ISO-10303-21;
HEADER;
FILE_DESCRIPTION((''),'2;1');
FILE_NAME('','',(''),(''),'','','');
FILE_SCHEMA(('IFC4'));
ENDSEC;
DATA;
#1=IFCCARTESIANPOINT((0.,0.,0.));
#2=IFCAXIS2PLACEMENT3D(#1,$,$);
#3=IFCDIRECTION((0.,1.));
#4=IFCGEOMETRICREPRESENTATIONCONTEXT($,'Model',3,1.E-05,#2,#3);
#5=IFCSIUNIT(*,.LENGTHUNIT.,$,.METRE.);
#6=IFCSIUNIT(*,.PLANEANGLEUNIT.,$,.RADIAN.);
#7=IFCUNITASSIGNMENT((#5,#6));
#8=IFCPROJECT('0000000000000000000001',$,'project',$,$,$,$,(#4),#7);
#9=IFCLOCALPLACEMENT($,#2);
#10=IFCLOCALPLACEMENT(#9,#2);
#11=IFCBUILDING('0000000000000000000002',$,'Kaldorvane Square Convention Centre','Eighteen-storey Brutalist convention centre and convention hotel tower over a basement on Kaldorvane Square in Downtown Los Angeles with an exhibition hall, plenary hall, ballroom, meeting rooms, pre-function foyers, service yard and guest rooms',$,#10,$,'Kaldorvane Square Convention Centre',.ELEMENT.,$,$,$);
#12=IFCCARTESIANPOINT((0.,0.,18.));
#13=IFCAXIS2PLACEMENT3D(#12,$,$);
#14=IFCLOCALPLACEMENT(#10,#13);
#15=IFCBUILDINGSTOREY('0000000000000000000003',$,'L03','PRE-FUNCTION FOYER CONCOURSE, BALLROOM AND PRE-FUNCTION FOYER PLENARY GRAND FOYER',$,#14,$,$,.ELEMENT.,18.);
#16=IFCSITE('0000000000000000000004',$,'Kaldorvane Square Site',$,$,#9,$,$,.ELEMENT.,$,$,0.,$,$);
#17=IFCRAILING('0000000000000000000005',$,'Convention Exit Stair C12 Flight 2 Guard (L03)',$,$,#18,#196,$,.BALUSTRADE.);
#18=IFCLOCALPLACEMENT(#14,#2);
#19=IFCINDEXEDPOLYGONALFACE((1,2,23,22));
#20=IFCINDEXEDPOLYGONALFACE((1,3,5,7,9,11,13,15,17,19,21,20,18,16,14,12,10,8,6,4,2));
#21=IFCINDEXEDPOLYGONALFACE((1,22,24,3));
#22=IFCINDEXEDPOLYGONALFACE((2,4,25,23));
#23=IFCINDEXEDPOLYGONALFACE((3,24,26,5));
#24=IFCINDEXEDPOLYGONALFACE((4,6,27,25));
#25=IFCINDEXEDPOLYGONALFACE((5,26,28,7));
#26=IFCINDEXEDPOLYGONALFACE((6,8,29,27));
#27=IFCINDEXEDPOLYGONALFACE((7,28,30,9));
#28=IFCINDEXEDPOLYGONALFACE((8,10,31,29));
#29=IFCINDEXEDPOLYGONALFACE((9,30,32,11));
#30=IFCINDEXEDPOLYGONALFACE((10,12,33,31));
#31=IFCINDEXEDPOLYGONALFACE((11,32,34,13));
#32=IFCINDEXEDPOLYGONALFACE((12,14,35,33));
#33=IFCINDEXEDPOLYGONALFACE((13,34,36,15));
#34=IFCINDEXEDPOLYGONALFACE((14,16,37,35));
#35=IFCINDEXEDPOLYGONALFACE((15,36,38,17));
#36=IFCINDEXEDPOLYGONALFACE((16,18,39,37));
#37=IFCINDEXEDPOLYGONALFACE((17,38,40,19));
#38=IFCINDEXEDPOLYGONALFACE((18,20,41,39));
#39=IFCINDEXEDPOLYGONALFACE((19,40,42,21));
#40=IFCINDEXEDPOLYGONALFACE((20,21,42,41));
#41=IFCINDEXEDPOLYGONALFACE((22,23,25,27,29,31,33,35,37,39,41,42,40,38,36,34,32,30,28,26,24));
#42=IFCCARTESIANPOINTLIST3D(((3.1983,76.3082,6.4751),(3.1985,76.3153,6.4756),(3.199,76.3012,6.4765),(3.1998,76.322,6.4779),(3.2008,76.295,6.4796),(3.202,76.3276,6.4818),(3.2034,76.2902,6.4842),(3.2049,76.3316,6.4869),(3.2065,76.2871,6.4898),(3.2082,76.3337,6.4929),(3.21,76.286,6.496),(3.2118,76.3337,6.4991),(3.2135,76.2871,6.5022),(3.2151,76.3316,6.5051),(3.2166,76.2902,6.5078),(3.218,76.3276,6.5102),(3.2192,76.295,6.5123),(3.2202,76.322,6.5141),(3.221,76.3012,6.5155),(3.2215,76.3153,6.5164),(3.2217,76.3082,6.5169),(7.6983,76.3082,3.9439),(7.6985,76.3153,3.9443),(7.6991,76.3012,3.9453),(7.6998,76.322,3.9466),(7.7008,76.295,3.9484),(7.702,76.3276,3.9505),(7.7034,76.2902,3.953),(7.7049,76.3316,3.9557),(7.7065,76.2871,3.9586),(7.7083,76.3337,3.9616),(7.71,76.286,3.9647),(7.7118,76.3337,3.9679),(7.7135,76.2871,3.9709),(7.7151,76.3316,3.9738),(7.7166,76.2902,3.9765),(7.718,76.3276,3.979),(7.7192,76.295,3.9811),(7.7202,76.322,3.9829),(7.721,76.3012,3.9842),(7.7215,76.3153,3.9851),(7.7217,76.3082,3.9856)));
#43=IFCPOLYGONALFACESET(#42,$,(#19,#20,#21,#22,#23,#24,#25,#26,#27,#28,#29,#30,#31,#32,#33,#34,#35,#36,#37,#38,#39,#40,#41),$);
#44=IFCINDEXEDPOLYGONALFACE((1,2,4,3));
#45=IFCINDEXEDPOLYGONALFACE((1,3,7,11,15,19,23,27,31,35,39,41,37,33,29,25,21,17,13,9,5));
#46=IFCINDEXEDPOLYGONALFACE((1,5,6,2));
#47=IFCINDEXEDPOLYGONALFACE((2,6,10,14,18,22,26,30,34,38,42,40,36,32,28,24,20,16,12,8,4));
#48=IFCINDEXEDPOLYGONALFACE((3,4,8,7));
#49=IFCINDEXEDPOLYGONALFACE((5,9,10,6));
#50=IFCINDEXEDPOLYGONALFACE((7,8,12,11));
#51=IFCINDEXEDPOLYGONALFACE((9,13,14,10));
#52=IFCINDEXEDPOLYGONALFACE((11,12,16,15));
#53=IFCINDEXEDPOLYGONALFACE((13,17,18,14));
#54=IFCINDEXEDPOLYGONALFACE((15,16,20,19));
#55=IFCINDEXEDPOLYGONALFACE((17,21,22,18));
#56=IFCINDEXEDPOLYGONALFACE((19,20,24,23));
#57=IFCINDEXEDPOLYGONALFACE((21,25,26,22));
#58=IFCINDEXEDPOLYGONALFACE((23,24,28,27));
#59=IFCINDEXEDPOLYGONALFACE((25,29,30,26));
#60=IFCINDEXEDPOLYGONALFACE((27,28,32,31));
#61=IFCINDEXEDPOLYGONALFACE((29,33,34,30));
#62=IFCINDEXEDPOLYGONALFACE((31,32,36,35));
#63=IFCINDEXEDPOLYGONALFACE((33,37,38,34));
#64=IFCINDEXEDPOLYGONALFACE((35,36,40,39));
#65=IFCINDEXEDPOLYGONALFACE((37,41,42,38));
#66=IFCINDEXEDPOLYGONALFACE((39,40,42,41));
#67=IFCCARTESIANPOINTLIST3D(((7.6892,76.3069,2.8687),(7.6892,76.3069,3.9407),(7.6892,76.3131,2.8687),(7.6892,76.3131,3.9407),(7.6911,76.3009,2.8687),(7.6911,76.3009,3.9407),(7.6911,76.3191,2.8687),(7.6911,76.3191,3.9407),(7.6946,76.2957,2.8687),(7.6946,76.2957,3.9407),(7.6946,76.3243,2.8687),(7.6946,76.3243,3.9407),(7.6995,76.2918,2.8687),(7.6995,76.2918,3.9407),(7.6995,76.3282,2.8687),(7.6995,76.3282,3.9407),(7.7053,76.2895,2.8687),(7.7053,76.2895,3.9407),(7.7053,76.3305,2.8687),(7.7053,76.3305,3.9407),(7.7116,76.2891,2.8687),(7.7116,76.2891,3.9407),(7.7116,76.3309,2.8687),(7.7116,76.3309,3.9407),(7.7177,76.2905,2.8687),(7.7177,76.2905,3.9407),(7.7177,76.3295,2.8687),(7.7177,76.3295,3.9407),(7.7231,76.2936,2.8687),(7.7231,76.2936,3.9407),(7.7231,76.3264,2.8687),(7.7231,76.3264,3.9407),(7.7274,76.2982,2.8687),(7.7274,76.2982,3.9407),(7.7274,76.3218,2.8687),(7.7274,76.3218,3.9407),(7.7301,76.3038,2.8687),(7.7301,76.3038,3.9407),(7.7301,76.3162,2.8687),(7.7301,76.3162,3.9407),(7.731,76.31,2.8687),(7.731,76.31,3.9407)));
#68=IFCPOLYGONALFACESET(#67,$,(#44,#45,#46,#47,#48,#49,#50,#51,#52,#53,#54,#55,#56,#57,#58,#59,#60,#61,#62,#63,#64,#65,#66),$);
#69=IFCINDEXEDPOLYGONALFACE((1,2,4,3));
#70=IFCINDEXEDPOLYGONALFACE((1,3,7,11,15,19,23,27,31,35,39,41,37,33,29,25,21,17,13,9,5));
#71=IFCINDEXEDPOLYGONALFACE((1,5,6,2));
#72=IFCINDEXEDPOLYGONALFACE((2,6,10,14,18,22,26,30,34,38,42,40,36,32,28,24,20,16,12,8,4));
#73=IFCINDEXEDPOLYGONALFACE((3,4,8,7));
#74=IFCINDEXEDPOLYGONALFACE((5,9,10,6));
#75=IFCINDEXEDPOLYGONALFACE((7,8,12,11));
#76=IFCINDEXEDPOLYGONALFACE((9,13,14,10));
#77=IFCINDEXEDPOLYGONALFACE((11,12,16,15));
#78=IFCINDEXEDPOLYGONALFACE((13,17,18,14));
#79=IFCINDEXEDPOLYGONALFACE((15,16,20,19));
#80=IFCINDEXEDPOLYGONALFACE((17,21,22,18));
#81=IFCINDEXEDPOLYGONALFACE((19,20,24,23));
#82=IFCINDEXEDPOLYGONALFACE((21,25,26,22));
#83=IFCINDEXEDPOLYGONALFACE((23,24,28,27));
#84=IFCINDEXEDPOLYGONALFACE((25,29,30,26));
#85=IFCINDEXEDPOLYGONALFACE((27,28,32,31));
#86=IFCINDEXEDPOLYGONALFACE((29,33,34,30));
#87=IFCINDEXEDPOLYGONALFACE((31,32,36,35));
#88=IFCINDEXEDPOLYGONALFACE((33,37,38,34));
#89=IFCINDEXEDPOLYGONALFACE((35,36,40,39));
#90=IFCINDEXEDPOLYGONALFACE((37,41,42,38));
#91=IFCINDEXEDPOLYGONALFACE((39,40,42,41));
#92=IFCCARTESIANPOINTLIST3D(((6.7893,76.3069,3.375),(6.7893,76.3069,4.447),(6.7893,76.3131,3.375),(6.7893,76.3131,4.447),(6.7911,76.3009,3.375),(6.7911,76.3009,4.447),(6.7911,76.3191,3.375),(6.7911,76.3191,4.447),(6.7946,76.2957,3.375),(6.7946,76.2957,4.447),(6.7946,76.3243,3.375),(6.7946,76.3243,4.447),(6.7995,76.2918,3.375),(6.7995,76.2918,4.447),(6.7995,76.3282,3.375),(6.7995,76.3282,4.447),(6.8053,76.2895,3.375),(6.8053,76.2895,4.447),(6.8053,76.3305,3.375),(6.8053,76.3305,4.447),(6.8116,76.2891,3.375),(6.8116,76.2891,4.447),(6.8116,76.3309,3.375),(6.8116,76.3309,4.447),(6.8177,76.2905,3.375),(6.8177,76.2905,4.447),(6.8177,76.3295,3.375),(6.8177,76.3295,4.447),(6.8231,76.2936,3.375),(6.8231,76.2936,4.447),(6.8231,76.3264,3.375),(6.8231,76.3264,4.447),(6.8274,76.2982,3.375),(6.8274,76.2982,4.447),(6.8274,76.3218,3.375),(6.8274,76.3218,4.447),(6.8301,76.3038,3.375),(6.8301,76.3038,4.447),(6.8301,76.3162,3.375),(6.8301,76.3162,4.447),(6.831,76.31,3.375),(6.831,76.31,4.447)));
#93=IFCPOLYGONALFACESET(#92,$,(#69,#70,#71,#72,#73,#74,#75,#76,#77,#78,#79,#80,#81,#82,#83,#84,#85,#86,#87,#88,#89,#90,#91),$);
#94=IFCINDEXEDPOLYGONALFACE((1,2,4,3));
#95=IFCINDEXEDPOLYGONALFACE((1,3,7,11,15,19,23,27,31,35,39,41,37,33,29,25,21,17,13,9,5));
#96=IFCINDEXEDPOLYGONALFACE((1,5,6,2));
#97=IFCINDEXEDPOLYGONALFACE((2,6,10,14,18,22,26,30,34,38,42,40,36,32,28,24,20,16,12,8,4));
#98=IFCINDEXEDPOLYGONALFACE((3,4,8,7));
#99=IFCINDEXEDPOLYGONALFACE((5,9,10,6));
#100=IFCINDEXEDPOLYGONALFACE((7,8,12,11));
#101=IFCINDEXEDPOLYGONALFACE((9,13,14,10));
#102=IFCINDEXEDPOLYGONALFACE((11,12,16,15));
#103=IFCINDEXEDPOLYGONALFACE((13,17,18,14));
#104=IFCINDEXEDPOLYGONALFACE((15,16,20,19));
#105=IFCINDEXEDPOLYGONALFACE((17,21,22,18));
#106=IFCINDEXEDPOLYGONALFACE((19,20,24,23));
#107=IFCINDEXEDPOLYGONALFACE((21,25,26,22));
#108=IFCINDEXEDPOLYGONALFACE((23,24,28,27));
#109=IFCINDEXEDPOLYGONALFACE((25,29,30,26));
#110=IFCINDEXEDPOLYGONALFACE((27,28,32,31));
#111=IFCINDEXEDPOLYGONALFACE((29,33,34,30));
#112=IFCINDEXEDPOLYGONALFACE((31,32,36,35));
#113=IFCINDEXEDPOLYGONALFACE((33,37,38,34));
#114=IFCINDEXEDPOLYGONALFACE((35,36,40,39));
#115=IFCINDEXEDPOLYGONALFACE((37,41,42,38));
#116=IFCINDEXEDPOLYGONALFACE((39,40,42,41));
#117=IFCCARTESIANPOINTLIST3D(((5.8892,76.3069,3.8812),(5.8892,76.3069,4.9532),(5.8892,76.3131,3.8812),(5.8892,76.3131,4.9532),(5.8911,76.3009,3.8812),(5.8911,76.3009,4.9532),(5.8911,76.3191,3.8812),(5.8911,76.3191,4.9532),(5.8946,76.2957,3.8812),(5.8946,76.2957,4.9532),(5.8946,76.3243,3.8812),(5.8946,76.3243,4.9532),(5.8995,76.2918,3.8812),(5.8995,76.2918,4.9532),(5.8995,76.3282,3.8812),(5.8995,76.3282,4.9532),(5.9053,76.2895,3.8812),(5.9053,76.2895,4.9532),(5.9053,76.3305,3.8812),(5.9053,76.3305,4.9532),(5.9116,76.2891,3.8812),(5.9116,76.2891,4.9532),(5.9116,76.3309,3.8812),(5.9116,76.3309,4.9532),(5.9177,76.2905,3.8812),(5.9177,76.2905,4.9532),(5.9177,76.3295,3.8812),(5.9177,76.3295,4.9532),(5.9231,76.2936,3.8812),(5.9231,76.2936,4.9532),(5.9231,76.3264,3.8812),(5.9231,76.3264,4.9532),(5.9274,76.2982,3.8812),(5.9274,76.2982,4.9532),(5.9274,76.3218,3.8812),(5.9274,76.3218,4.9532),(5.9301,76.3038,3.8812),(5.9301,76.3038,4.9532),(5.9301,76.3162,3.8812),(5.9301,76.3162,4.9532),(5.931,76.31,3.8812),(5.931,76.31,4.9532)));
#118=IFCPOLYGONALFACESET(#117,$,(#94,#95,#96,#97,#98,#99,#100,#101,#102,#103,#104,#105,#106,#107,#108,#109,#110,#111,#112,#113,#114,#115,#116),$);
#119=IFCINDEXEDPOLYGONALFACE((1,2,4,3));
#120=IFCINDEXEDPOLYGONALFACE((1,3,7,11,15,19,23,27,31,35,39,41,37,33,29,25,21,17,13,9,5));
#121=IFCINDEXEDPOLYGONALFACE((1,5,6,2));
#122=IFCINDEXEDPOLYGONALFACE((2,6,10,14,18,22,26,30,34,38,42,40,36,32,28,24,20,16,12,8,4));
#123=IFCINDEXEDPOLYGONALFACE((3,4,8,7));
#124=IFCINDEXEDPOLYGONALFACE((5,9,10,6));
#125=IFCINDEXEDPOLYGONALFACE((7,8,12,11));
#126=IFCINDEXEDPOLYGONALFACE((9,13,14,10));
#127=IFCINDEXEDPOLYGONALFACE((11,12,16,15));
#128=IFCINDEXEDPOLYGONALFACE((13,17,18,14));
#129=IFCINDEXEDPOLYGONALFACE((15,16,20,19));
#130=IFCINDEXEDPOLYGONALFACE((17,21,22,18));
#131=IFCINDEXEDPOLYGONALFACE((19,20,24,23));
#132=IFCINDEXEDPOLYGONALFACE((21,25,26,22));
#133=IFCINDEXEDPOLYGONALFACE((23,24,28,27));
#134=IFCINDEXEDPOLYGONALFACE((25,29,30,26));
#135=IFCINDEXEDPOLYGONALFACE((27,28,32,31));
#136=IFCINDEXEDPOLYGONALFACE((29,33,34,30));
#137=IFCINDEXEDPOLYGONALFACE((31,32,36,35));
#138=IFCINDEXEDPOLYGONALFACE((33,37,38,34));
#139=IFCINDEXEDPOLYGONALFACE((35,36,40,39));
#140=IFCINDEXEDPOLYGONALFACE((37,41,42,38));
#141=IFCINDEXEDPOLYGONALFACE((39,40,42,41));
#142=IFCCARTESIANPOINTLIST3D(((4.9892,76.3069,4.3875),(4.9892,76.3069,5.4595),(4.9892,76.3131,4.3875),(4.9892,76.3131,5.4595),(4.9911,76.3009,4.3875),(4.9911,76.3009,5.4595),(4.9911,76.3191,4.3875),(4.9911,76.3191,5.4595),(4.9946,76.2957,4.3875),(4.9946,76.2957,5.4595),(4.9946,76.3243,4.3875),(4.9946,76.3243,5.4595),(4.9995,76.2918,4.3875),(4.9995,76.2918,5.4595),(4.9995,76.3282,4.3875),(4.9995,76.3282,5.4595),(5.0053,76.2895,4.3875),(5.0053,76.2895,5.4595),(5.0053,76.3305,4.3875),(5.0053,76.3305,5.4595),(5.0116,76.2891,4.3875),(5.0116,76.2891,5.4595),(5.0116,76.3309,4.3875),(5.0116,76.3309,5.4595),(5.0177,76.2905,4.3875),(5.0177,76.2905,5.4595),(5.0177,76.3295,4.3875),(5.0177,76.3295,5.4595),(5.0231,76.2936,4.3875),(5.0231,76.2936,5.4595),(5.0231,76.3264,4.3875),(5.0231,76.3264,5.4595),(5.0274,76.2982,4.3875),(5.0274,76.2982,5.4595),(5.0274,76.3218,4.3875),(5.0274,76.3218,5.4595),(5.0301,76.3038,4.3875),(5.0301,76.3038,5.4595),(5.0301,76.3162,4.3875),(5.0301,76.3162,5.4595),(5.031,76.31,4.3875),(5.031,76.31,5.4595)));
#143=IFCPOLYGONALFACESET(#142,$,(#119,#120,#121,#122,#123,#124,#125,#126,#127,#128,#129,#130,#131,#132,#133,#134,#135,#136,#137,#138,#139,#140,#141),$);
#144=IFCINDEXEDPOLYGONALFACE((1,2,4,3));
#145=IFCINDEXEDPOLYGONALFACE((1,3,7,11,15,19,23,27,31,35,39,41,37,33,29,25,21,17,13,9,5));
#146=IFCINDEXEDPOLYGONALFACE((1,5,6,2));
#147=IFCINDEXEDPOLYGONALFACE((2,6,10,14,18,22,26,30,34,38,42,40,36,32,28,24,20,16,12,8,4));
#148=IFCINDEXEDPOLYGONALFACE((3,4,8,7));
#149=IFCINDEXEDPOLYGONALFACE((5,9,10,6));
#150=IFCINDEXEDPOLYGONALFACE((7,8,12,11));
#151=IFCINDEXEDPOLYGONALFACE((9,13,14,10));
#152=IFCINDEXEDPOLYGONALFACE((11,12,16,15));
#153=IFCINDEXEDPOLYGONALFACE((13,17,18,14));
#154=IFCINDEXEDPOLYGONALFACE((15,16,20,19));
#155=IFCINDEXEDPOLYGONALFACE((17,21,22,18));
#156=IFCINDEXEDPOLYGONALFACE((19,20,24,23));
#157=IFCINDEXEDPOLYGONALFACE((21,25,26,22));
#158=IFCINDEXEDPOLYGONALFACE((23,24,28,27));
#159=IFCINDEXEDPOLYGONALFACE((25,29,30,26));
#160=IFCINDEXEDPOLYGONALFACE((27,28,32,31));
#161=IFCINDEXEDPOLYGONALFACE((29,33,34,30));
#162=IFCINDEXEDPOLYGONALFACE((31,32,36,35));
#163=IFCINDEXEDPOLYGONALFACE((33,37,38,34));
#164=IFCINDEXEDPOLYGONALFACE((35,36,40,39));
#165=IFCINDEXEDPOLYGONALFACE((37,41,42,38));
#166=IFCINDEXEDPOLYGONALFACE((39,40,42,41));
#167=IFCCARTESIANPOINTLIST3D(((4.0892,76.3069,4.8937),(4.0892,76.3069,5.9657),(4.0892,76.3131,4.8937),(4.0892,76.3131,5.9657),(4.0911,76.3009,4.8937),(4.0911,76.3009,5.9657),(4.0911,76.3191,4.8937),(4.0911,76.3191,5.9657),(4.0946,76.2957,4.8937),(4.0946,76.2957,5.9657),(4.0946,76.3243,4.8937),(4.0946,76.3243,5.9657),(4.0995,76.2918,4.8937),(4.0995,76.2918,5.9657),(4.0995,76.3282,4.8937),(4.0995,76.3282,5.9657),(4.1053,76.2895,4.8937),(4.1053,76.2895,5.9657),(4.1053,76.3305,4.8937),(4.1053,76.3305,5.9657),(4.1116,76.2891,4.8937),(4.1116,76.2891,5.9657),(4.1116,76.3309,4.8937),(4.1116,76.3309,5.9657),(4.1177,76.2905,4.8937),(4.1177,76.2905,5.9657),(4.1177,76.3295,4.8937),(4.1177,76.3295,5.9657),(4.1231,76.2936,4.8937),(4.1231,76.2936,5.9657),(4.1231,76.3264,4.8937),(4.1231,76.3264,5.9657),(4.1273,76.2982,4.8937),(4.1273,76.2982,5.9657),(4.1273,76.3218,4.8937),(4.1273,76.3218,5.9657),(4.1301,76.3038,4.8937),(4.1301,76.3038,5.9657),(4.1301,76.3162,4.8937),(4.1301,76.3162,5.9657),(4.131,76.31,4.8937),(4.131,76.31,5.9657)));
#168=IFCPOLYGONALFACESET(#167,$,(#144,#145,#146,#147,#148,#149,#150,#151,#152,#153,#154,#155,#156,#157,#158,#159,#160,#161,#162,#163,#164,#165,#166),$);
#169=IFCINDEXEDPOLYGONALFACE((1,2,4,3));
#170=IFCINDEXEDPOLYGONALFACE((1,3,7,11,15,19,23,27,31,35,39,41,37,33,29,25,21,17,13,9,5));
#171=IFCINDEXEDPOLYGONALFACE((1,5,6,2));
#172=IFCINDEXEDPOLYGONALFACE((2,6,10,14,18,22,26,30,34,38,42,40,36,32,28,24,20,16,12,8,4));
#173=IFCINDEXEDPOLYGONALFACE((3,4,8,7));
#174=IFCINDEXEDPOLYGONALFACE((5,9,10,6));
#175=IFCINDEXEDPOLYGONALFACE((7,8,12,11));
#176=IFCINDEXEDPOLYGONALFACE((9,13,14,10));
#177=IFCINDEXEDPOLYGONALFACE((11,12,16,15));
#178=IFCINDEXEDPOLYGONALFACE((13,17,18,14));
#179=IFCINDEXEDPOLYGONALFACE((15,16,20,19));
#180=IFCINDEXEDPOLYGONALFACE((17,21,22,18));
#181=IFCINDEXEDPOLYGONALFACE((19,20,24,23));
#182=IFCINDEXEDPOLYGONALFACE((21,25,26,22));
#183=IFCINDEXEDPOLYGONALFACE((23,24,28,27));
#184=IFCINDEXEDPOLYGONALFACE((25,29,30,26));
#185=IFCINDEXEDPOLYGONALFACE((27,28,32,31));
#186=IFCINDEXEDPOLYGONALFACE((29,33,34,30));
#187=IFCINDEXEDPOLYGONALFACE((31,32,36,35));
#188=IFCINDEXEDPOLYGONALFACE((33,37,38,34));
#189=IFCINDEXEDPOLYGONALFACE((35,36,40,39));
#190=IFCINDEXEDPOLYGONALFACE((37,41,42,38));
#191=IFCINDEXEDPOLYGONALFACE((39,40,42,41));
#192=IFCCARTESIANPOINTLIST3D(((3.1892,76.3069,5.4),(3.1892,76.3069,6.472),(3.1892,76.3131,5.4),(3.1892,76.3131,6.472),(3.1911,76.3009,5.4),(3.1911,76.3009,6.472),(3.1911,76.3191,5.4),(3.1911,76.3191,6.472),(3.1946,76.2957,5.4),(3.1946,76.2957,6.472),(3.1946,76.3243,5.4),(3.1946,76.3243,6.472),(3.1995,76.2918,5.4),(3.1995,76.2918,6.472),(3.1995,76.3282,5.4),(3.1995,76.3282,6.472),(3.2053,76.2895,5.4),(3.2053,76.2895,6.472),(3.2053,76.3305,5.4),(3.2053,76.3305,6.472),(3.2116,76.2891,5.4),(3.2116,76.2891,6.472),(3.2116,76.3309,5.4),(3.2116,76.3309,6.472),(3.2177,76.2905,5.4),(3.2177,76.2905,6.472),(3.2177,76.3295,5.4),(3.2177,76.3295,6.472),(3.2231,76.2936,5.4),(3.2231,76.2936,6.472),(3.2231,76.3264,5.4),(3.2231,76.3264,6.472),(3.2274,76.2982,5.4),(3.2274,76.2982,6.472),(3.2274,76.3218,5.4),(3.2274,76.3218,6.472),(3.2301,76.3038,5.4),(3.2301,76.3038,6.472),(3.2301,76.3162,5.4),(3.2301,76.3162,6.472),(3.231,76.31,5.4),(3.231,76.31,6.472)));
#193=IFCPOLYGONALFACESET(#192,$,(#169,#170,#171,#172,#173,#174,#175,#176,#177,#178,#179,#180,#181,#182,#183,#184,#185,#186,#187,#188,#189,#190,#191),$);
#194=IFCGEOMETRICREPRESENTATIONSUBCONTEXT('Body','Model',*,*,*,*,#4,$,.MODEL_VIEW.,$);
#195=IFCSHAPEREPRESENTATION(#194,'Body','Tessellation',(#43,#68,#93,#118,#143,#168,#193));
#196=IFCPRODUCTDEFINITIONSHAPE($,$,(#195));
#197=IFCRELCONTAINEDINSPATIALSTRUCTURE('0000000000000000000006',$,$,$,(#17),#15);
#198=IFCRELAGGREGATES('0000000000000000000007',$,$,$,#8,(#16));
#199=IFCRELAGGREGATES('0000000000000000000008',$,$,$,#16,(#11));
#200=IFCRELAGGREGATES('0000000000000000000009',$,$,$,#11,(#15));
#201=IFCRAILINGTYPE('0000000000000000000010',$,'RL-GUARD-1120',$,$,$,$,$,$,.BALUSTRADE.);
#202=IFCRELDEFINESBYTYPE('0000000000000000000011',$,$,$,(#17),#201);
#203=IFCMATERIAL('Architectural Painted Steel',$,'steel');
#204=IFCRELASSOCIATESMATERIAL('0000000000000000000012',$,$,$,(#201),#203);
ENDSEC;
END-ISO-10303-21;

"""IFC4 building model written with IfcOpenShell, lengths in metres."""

from ifc_helpers import new_model, si_unit, direction, frame, origin, origin_2d, place, context, subcontext, project, spatial, circle, extrude, material, type_object, element, save


model = new_model("IFC4")

# Units and contexts
model_context = context("Model", 3, precision=1e-05, world=origin(), true_north=direction((0.0, 1.0)))
body_context = subcontext(model_context, "Body", "Model", "MODEL_VIEW")
ifc_project = project(units=[si_unit("LENGTHUNIT", "METRE"), si_unit("PLANEANGLEUNIT", "RADIAN")], contexts=[model_context])

# Site, building, storey
site_placement = place(None, origin())
site = spatial("IfcSite", under=ifc_project, at=site_placement, Name="Kaldorvane Square Site", CompositionType="ELEMENT", RefElevation=0.0)
building_placement = place(site_placement, origin())
building = spatial("IfcBuilding", under=site, at=building_placement, Name="Kaldorvane Square Convention Centre", Description="Eighteen-storey Brutalist convention centre and convention hotel tower over a basement on Kaldorvane Square in Downtown Los Angeles with an exhibition hall, plenary hall, ballroom, meeting rooms, pre-function foyers, service yard and guest rooms", LongName="Kaldorvane Square Convention Centre", CompositionType="ELEMENT")
storey_placement = place(building_placement, frame((0.0, 0.0, 18.0)))
storey = spatial("IfcBuildingStorey", under=building, at=storey_placement, Name="L03", Description="PRE-FUNCTION FOYER CONCOURSE, BALLROOM AND PRE-FUNCTION FOYER PLENARY GRAND FOYER", CompositionType="ELEMENT", Elevation=18.0)

# Railing
ifc_material_1 = material(Name="Architectural Painted Steel", Category="steel")
railing_type_1 = type_object("IfcRailingType", Name="RL-GUARD-1120", PredefinedType="BALUSTRADE", material=ifc_material_1)
railing_1_placement = place(storey_placement, frame((7.71, 76.31, 2.8687)))
element("IfcRailing", 1, at=railing_1_placement, inside=storey, type_object=railing_type_1, Name="Convention Exit Stair C12 Flight 2 Guard (L03)", PredefinedType="BALUSTRADE", context=body_context, shape_type="SweptSolid", body=[
    extrude(circle(Radius=0.024, at=origin_2d()), frame((0.0, 0.0, 1.096), z_axis=(-0.871576, 0.0, 0.490261), x_axis=(0.0, -1.0, 0.0)), (0.0, 0.0, 1.0), 5.1631),
    extrude(circle(Radius=0.021, at=origin_2d()), origin(), (0.0, 0.0, 1.0), 1.072),
    extrude(circle(Radius=0.021, at=origin_2d()), frame((-0.9, 0.0, 0.5063)), (0.0, 0.0, 1.0), 1.072),
    extrude(circle(Radius=0.021, at=origin_2d()), frame((-1.8, 0.0, 1.0125)), (0.0, 0.0, 1.0), 1.072),
    extrude(circle(Radius=0.021, at=origin_2d()), frame((-2.7, 0.0, 1.5188)), (0.0, 0.0, 1.0), 1.072),
    extrude(circle(Radius=0.021, at=origin_2d()), frame((-3.6, 0.0, 2.025)), (0.0, 0.0, 1.0), 1.072),
    extrude(circle(Radius=0.021, at=origin_2d()), frame((-4.5, 0.0, 2.5312)), (0.0, 0.0, 1.0), 1.072),
])

save(model, "model.ifc")
